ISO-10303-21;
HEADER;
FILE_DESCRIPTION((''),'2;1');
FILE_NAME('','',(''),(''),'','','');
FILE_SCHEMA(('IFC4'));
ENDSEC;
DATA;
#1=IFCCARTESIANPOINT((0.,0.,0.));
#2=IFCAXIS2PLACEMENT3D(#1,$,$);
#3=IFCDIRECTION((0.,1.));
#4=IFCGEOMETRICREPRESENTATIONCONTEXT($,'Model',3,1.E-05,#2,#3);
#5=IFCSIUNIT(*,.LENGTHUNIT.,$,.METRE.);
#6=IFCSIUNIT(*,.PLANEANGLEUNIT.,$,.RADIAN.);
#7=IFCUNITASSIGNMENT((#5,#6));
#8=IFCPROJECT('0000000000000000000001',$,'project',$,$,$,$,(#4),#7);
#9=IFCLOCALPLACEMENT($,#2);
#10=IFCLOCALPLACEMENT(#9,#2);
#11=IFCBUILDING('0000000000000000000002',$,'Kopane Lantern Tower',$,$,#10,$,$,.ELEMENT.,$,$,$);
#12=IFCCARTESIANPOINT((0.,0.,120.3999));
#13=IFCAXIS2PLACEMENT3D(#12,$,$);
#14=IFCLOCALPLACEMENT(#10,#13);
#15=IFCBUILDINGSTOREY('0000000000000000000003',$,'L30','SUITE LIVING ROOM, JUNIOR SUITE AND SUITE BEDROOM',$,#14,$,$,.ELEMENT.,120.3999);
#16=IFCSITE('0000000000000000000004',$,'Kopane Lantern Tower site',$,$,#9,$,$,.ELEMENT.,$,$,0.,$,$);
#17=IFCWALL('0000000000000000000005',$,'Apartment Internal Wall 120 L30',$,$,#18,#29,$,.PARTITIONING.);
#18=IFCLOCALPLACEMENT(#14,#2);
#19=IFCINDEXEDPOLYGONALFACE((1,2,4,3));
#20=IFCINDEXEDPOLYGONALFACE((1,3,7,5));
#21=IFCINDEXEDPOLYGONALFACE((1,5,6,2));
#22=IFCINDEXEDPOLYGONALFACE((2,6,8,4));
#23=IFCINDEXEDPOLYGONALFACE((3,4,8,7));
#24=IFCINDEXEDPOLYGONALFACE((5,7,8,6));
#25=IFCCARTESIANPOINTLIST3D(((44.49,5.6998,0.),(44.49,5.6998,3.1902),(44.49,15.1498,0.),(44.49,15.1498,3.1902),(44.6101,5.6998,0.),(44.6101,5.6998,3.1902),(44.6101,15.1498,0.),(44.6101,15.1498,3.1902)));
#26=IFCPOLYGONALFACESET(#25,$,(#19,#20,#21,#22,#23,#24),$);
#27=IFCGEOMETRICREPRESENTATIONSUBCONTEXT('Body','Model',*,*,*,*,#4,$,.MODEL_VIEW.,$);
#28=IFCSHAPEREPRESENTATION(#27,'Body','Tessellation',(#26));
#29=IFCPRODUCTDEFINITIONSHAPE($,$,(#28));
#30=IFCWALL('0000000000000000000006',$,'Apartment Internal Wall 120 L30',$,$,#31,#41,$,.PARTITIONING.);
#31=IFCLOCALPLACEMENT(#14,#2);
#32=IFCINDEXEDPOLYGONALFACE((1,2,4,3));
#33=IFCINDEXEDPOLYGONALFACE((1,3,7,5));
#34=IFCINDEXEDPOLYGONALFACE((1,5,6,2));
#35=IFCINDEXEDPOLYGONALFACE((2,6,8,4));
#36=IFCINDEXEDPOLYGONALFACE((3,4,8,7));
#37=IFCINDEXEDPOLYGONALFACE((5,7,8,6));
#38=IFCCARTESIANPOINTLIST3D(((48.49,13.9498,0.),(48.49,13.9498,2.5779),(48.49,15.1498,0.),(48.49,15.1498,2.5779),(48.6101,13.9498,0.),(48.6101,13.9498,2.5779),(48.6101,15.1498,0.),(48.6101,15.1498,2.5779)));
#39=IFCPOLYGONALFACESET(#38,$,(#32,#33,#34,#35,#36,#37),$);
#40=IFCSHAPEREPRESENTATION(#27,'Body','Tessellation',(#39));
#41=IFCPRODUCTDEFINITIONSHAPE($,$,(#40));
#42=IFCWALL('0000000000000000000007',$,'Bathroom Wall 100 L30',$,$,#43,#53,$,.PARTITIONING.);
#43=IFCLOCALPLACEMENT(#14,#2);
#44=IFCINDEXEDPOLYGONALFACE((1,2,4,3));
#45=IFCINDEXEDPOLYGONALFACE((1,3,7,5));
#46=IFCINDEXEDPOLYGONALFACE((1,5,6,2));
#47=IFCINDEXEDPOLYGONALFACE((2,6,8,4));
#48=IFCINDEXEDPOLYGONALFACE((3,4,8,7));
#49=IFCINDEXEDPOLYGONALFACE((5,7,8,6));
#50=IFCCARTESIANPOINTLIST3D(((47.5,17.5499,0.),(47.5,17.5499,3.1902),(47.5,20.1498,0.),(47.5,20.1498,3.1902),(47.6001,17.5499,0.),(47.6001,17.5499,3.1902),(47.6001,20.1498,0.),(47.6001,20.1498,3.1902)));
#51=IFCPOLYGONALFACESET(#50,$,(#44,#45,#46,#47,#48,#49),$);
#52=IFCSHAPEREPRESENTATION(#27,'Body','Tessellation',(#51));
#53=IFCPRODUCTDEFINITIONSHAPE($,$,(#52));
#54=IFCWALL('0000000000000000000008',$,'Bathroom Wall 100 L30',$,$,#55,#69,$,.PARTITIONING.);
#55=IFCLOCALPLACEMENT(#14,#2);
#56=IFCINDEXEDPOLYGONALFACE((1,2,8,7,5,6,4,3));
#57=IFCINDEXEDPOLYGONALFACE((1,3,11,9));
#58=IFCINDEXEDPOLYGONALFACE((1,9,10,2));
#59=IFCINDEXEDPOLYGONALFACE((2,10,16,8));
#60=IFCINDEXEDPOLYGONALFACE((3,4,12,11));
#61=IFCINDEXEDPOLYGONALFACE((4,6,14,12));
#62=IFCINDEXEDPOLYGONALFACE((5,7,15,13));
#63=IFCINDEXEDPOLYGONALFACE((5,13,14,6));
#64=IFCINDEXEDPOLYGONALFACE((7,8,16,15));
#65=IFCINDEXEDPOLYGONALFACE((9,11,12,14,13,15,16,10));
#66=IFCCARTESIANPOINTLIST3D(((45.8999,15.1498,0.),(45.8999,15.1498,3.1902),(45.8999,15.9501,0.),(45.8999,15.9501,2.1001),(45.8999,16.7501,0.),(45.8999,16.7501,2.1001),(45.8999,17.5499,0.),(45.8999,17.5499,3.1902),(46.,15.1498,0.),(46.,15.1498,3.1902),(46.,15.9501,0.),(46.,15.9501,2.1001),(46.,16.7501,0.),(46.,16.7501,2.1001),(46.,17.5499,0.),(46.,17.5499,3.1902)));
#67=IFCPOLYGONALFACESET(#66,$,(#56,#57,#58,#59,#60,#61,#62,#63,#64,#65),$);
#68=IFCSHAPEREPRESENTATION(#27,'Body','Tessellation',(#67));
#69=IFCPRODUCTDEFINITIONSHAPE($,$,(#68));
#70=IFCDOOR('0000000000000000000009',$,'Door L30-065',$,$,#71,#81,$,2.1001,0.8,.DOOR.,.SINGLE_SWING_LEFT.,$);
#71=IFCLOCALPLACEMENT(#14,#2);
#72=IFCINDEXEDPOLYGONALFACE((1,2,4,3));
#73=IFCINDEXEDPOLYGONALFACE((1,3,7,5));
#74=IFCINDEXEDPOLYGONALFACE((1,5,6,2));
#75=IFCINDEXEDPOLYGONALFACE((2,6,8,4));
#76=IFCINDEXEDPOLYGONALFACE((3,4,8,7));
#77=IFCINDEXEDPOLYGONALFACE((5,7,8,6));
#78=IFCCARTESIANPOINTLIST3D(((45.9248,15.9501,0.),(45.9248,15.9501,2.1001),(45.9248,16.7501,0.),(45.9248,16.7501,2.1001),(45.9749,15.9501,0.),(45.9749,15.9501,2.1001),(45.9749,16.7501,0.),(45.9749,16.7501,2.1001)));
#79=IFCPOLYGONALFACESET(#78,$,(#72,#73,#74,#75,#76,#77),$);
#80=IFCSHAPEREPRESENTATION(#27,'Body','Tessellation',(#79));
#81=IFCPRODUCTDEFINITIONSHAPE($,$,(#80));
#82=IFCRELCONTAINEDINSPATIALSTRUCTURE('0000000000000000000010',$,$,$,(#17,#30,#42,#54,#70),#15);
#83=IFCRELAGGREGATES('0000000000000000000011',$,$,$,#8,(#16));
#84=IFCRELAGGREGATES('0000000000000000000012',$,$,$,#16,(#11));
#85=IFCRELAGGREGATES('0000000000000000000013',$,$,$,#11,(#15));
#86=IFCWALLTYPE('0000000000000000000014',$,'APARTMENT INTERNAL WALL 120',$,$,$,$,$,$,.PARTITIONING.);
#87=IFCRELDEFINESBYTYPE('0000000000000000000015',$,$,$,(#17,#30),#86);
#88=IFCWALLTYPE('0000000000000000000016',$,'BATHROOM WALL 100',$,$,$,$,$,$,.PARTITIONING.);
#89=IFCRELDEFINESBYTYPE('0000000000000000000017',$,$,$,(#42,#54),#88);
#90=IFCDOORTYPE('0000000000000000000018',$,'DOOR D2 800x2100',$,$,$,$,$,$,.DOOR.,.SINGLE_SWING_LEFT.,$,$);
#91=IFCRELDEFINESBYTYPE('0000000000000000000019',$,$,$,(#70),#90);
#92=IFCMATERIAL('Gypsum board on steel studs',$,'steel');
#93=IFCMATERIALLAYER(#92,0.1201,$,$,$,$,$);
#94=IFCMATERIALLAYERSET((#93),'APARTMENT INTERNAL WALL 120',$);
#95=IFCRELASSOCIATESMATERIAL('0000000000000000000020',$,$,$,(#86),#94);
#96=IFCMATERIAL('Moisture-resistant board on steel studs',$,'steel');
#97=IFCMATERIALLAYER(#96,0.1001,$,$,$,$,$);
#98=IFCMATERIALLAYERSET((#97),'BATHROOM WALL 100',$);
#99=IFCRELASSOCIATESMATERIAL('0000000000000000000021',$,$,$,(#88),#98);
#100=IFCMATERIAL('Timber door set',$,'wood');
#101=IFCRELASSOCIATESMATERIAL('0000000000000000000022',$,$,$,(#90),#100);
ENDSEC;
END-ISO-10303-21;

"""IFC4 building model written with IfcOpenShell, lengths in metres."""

from ifc_helpers import new_model, si_unit, direction, frame, frame_2d, origin, place, context, subcontext, project, spatial, rectangle, extrude, material, layer, layer_set, type_object, element, fill, save


model = new_model("IFC4")

# Units and contexts
model_context = context("Model", 3, precision=1e-05, world=origin(), true_north=direction((0.0, 1.0)))
body_context = subcontext(model_context, "Body", "Model", "MODEL_VIEW")
ifc_project = project(units=[si_unit("LENGTHUNIT", "METRE"), si_unit("PLANEANGLEUNIT", "RADIAN")], contexts=[model_context])

# Site, building, storey
site_placement = place(None, origin())
site = spatial("IfcSite", under=ifc_project, at=site_placement, Name="Kopane Lantern Tower site", CompositionType="ELEMENT", RefElevation=0.0)
building_placement = place(site_placement, origin())
building = spatial("IfcBuilding", under=site, at=building_placement, Name="Kopane Lantern Tower", CompositionType="ELEMENT")
storey_placement = place(building_placement, frame((0.0, 0.0, 120.3999)))
storey = spatial("IfcBuildingStorey", under=building, at=storey_placement, Name="L30", Description="SUITE LIVING ROOM, JUNIOR SUITE AND SUITE BEDROOM", CompositionType="ELEMENT", Elevation=120.3999)

# Walls
ifc_material_1 = material(Name="Gypsum board on steel studs", Category="steel")
ifc_layer_1 = layer(ifc_material_1, 0.1201)
ifc_layer_set_1 = layer_set([ifc_layer_1], Name="APARTMENT INTERNAL WALL 120")
wall_type_1 = type_object("IfcWallType", Name="APARTMENT INTERNAL WALL 120", PredefinedType="PARTITIONING", material=ifc_layer_set_1)
wall_1_placement = place(storey_placement, frame((44.55, 15.1499, 0.0), z_axis=(0.0, 0.0, 1.0), x_axis=(0.0, -1.0, 0.0)))
element("IfcWall", 1, at=wall_1_placement, inside=storey, type_object=wall_type_1, Name="Apartment Internal Wall 120 L30", PredefinedType="PARTITIONING", context=body_context, shape_type="SweptSolid", body=[
    extrude(rectangle(XDim=9.45, YDim=0.1201, at=frame_2d((4.7251, 0.0))), origin(), (0.0, 0.0, 1.0), 3.1902),
])
wall_2_placement = place(storey_placement, frame((48.55, 15.1499, 0.0), z_axis=(0.0, 0.0, 1.0), x_axis=(0.0, -1.0, 0.0)))
element("IfcWall", 2, at=wall_2_placement, inside=storey, type_object=wall_type_1, Name="Apartment Internal Wall 120 L30", PredefinedType="PARTITIONING", context=body_context, shape_type="SweptSolid", body=[
    extrude(rectangle(XDim=1.2, YDim=0.1201, at=frame_2d((0.6001, 0.0))), origin(), (0.0, 0.0, 1.0), 2.5779),
])
ifc_material_2 = material(Name="Moisture-resistant board on steel studs", Category="steel")
ifc_layer_2 = layer(ifc_material_2, 0.1001)
ifc_layer_set_2 = layer_set([ifc_layer_2], Name="BATHROOM WALL 100")
wall_type_2 = type_object("IfcWallType", Name="BATHROOM WALL 100", PredefinedType="PARTITIONING", material=ifc_layer_set_2)
wall_3_placement = place(storey_placement, frame((47.55, 17.55, 0.0), z_axis=(0.0, 0.0, 1.0), x_axis=(0.0, 1.0, 0.0)))
element("IfcWall", 3, at=wall_3_placement, inside=storey, type_object=wall_type_2, Name="Bathroom Wall 100 L30", PredefinedType="PARTITIONING", context=body_context, shape_type="SweptSolid", body=[
    extrude(rectangle(XDim=2.5999, YDim=0.1001, at=frame_2d((1.2998, 0.0))), origin(), (0.0, 0.0, 1.0), 3.1902),
])

# Wall, opening, door
wall_4_placement = place(storey_placement, frame((45.95, 17.55, 0.0), z_axis=(0.0, 0.0, 1.0), x_axis=(0.0, -1.0, 0.0)))
wall_4 = element("IfcWall", 4, at=wall_4_placement, inside=storey, type_object=wall_type_2, Name="Bathroom Wall 100 L30", PredefinedType="PARTITIONING", context=body_context, shape_type="SweptSolid", body=[
    extrude(rectangle(XDim=2.4001, YDim=0.1001, at=frame_2d((1.2002, 0.0))), origin(), (0.0, 0.0, 1.0), 3.1902),
])
opening_1_placement = place(wall_4_placement, frame((0.8, 0.0, 0.0)))
opening_1 = element("IfcOpeningElement", 5, at=opening_1_placement, cuts=wall_4, PredefinedType="OPENING", context=body_context, shape_type="SweptSolid", body=[
    extrude(rectangle(XDim=0.8, YDim=2.1001, at=frame_2d((0.3999, 1.05))), frame((0.0, 0.0601, 0.0), z_axis=(0.0, -1.0, 0.0), x_axis=(1.0, 0.0, 0.0)), (0.0, 0.0, 1.0), 0.1201),
])
ifc_material_3 = material(Name="Timber door set", Category="wood")
door_type_1 = type_object("IfcDoorType", Name="DOOR D2 800x2100", OperationType="SINGLE_SWING_LEFT", PredefinedType="DOOR", material=ifc_material_3)
door_1_placement = place(opening_1_placement, origin())
door_1 = element("IfcDoor", 6, at=door_1_placement, inside=storey, type_object=door_type_1, Name="Door L30-065", OperationType="SINGLE_SWING_LEFT", OverallHeight=2.1001, OverallWidth=0.8, PredefinedType="DOOR", context=body_context, shape_type="SweptSolid", body=[
    extrude(rectangle(XDim=0.8, YDim=2.1001, at=frame_2d((0.3999, 1.05))), frame((0.0, 0.0249, 0.0), z_axis=(0.0, -1.0, 0.0), x_axis=(1.0, 0.0, 0.0)), (0.0, 0.0, 1.0), 0.05),
])
fill(opening_1, door_1)

save(model, "model.ifc")
